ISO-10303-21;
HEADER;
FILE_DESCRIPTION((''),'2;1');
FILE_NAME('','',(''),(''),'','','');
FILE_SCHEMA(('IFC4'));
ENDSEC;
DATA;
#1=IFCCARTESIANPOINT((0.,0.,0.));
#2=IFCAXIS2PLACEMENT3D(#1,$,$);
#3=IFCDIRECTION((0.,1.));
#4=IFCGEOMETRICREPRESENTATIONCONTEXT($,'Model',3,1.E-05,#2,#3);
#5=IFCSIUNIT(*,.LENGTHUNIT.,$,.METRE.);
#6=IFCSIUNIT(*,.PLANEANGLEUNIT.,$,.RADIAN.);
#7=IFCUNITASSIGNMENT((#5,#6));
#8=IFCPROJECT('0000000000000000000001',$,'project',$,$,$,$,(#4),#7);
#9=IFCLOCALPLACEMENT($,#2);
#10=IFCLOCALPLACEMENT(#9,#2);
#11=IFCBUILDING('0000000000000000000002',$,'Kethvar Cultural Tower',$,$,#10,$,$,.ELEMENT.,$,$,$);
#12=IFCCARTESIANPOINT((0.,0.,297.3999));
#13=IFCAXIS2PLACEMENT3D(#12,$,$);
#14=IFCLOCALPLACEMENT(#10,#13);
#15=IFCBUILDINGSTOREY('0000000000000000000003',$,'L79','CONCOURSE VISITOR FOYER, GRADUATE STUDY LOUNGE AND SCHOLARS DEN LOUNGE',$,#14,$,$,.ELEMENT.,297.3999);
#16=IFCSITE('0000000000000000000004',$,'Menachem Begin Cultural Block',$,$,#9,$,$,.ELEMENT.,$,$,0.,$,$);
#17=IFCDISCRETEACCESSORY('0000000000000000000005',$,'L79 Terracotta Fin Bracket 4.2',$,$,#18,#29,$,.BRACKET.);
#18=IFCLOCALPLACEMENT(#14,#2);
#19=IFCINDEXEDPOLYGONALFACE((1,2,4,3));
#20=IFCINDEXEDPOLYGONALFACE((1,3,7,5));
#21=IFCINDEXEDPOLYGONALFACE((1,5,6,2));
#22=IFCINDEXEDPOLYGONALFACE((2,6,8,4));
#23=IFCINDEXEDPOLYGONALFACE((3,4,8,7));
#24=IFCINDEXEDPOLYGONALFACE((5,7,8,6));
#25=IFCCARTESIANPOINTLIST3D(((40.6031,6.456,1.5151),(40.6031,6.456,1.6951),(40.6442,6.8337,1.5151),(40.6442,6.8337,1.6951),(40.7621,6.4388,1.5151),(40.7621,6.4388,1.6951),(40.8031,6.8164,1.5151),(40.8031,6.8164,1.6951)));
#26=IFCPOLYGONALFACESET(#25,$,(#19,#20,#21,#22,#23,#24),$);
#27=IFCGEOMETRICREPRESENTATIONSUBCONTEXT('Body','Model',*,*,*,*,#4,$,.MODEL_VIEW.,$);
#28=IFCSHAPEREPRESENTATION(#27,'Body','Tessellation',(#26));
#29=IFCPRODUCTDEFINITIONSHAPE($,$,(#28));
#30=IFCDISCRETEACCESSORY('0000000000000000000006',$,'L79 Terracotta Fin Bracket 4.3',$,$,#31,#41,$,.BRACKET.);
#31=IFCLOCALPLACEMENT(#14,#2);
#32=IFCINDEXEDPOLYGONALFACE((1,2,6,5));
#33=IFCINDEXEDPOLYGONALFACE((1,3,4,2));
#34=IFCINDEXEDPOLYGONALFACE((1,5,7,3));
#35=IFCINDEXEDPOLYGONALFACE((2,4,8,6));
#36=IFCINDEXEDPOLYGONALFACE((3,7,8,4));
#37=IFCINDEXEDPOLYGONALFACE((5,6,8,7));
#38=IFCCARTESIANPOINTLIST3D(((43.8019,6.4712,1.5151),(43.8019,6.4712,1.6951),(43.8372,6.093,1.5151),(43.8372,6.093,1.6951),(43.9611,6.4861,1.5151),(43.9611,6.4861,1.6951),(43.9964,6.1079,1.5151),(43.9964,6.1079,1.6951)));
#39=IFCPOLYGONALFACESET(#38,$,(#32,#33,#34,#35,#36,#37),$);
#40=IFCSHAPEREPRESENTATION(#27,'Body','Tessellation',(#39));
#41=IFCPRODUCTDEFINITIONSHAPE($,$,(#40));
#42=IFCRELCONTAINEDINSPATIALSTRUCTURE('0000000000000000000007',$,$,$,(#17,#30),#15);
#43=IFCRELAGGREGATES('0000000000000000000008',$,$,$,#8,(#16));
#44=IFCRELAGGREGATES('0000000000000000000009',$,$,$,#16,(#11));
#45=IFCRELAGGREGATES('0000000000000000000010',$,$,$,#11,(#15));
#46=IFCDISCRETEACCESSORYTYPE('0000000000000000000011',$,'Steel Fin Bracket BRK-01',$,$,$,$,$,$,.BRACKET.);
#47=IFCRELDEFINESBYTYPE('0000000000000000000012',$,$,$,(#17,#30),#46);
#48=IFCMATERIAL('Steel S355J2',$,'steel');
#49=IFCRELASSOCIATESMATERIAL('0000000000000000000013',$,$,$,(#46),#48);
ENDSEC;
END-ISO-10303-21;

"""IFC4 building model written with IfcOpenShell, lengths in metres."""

from ifc_helpers import new_model, si_unit, direction, frame, origin, origin_2d, place, context, subcontext, project, spatial, rectangle, extrude, source, transform, mapped, material, type_object, element, save


model = new_model("IFC4")

# Units and contexts
model_context = context("Model", 3, precision=1e-05, world=origin(), true_north=direction((0.0, 1.0)))
body_context = subcontext(model_context, "Body", "Model", "MODEL_VIEW")
ifc_project = project(units=[si_unit("LENGTHUNIT", "METRE"), si_unit("PLANEANGLEUNIT", "RADIAN")], contexts=[model_context])

# Site, building, storey
site_placement = place(None, origin())
site = spatial("IfcSite", under=ifc_project, at=site_placement, Name="Menachem Begin Cultural Block", CompositionType="ELEMENT", RefElevation=0.0)
building_placement = place(site_placement, origin())
building = spatial("IfcBuilding", under=site, at=building_placement, Name="Kethvar Cultural Tower", CompositionType="ELEMENT")
storey_placement = place(building_placement, frame((0.0, 0.0, 297.3999)))
storey = spatial("IfcBuildingStorey", under=building, at=storey_placement, Name="L79", Description="CONCOURSE VISITOR FOYER, GRADUATE STUDY LOUNGE AND SCHOLARS DEN LOUNGE", CompositionType="ELEMENT", Elevation=297.3999)

# Shared definitions
ifc_material_1 = material(Name="Steel S355J2", Category="steel")

# Discrete accessories
discrete_accessory_type = type_object("IfcDiscreteAccessoryType", Name="Steel Fin Bracket BRK-01", PredefinedType="BRACKET", material=ifc_material_1)
shared_shape_1 = source(origin(), body_context, "Body", "SweptSolid", [
    extrude(rectangle(XDim=0.3799, YDim=0.1599, at=origin_2d()), origin(), (0.0, 0.0, 1.0), 0.1799),
])
for number, where, z_axis, x_axis, name in (
    (1, (40.7031, 6.6362, 1.5151), (0.0, 0.0, 1.0), (-0.107999, -0.994151, 0.0), "L79 Terracotta Fin Bracket 4.2"),
    (2, (43.8992, 6.2896, 1.5151), (0.0, 0.0, 1.0), (0.092892, -0.995676, 0.0), "L79 Terracotta Fin Bracket 4.3"),
):
    element("IfcDiscreteAccessory", number, at=place(storey_placement, frame(where, z_axis=z_axis, x_axis=x_axis)), inside=storey, type_object=discrete_accessory_type, Name=name, PredefinedType="BRACKET", context=body_context, shape_type="MappedRepresentation", body=[
        mapped(shared_shape_1, transform((0.0, 0.0, 0.0), scale=1.0)),
    ])

save(model, "model.ifc")
